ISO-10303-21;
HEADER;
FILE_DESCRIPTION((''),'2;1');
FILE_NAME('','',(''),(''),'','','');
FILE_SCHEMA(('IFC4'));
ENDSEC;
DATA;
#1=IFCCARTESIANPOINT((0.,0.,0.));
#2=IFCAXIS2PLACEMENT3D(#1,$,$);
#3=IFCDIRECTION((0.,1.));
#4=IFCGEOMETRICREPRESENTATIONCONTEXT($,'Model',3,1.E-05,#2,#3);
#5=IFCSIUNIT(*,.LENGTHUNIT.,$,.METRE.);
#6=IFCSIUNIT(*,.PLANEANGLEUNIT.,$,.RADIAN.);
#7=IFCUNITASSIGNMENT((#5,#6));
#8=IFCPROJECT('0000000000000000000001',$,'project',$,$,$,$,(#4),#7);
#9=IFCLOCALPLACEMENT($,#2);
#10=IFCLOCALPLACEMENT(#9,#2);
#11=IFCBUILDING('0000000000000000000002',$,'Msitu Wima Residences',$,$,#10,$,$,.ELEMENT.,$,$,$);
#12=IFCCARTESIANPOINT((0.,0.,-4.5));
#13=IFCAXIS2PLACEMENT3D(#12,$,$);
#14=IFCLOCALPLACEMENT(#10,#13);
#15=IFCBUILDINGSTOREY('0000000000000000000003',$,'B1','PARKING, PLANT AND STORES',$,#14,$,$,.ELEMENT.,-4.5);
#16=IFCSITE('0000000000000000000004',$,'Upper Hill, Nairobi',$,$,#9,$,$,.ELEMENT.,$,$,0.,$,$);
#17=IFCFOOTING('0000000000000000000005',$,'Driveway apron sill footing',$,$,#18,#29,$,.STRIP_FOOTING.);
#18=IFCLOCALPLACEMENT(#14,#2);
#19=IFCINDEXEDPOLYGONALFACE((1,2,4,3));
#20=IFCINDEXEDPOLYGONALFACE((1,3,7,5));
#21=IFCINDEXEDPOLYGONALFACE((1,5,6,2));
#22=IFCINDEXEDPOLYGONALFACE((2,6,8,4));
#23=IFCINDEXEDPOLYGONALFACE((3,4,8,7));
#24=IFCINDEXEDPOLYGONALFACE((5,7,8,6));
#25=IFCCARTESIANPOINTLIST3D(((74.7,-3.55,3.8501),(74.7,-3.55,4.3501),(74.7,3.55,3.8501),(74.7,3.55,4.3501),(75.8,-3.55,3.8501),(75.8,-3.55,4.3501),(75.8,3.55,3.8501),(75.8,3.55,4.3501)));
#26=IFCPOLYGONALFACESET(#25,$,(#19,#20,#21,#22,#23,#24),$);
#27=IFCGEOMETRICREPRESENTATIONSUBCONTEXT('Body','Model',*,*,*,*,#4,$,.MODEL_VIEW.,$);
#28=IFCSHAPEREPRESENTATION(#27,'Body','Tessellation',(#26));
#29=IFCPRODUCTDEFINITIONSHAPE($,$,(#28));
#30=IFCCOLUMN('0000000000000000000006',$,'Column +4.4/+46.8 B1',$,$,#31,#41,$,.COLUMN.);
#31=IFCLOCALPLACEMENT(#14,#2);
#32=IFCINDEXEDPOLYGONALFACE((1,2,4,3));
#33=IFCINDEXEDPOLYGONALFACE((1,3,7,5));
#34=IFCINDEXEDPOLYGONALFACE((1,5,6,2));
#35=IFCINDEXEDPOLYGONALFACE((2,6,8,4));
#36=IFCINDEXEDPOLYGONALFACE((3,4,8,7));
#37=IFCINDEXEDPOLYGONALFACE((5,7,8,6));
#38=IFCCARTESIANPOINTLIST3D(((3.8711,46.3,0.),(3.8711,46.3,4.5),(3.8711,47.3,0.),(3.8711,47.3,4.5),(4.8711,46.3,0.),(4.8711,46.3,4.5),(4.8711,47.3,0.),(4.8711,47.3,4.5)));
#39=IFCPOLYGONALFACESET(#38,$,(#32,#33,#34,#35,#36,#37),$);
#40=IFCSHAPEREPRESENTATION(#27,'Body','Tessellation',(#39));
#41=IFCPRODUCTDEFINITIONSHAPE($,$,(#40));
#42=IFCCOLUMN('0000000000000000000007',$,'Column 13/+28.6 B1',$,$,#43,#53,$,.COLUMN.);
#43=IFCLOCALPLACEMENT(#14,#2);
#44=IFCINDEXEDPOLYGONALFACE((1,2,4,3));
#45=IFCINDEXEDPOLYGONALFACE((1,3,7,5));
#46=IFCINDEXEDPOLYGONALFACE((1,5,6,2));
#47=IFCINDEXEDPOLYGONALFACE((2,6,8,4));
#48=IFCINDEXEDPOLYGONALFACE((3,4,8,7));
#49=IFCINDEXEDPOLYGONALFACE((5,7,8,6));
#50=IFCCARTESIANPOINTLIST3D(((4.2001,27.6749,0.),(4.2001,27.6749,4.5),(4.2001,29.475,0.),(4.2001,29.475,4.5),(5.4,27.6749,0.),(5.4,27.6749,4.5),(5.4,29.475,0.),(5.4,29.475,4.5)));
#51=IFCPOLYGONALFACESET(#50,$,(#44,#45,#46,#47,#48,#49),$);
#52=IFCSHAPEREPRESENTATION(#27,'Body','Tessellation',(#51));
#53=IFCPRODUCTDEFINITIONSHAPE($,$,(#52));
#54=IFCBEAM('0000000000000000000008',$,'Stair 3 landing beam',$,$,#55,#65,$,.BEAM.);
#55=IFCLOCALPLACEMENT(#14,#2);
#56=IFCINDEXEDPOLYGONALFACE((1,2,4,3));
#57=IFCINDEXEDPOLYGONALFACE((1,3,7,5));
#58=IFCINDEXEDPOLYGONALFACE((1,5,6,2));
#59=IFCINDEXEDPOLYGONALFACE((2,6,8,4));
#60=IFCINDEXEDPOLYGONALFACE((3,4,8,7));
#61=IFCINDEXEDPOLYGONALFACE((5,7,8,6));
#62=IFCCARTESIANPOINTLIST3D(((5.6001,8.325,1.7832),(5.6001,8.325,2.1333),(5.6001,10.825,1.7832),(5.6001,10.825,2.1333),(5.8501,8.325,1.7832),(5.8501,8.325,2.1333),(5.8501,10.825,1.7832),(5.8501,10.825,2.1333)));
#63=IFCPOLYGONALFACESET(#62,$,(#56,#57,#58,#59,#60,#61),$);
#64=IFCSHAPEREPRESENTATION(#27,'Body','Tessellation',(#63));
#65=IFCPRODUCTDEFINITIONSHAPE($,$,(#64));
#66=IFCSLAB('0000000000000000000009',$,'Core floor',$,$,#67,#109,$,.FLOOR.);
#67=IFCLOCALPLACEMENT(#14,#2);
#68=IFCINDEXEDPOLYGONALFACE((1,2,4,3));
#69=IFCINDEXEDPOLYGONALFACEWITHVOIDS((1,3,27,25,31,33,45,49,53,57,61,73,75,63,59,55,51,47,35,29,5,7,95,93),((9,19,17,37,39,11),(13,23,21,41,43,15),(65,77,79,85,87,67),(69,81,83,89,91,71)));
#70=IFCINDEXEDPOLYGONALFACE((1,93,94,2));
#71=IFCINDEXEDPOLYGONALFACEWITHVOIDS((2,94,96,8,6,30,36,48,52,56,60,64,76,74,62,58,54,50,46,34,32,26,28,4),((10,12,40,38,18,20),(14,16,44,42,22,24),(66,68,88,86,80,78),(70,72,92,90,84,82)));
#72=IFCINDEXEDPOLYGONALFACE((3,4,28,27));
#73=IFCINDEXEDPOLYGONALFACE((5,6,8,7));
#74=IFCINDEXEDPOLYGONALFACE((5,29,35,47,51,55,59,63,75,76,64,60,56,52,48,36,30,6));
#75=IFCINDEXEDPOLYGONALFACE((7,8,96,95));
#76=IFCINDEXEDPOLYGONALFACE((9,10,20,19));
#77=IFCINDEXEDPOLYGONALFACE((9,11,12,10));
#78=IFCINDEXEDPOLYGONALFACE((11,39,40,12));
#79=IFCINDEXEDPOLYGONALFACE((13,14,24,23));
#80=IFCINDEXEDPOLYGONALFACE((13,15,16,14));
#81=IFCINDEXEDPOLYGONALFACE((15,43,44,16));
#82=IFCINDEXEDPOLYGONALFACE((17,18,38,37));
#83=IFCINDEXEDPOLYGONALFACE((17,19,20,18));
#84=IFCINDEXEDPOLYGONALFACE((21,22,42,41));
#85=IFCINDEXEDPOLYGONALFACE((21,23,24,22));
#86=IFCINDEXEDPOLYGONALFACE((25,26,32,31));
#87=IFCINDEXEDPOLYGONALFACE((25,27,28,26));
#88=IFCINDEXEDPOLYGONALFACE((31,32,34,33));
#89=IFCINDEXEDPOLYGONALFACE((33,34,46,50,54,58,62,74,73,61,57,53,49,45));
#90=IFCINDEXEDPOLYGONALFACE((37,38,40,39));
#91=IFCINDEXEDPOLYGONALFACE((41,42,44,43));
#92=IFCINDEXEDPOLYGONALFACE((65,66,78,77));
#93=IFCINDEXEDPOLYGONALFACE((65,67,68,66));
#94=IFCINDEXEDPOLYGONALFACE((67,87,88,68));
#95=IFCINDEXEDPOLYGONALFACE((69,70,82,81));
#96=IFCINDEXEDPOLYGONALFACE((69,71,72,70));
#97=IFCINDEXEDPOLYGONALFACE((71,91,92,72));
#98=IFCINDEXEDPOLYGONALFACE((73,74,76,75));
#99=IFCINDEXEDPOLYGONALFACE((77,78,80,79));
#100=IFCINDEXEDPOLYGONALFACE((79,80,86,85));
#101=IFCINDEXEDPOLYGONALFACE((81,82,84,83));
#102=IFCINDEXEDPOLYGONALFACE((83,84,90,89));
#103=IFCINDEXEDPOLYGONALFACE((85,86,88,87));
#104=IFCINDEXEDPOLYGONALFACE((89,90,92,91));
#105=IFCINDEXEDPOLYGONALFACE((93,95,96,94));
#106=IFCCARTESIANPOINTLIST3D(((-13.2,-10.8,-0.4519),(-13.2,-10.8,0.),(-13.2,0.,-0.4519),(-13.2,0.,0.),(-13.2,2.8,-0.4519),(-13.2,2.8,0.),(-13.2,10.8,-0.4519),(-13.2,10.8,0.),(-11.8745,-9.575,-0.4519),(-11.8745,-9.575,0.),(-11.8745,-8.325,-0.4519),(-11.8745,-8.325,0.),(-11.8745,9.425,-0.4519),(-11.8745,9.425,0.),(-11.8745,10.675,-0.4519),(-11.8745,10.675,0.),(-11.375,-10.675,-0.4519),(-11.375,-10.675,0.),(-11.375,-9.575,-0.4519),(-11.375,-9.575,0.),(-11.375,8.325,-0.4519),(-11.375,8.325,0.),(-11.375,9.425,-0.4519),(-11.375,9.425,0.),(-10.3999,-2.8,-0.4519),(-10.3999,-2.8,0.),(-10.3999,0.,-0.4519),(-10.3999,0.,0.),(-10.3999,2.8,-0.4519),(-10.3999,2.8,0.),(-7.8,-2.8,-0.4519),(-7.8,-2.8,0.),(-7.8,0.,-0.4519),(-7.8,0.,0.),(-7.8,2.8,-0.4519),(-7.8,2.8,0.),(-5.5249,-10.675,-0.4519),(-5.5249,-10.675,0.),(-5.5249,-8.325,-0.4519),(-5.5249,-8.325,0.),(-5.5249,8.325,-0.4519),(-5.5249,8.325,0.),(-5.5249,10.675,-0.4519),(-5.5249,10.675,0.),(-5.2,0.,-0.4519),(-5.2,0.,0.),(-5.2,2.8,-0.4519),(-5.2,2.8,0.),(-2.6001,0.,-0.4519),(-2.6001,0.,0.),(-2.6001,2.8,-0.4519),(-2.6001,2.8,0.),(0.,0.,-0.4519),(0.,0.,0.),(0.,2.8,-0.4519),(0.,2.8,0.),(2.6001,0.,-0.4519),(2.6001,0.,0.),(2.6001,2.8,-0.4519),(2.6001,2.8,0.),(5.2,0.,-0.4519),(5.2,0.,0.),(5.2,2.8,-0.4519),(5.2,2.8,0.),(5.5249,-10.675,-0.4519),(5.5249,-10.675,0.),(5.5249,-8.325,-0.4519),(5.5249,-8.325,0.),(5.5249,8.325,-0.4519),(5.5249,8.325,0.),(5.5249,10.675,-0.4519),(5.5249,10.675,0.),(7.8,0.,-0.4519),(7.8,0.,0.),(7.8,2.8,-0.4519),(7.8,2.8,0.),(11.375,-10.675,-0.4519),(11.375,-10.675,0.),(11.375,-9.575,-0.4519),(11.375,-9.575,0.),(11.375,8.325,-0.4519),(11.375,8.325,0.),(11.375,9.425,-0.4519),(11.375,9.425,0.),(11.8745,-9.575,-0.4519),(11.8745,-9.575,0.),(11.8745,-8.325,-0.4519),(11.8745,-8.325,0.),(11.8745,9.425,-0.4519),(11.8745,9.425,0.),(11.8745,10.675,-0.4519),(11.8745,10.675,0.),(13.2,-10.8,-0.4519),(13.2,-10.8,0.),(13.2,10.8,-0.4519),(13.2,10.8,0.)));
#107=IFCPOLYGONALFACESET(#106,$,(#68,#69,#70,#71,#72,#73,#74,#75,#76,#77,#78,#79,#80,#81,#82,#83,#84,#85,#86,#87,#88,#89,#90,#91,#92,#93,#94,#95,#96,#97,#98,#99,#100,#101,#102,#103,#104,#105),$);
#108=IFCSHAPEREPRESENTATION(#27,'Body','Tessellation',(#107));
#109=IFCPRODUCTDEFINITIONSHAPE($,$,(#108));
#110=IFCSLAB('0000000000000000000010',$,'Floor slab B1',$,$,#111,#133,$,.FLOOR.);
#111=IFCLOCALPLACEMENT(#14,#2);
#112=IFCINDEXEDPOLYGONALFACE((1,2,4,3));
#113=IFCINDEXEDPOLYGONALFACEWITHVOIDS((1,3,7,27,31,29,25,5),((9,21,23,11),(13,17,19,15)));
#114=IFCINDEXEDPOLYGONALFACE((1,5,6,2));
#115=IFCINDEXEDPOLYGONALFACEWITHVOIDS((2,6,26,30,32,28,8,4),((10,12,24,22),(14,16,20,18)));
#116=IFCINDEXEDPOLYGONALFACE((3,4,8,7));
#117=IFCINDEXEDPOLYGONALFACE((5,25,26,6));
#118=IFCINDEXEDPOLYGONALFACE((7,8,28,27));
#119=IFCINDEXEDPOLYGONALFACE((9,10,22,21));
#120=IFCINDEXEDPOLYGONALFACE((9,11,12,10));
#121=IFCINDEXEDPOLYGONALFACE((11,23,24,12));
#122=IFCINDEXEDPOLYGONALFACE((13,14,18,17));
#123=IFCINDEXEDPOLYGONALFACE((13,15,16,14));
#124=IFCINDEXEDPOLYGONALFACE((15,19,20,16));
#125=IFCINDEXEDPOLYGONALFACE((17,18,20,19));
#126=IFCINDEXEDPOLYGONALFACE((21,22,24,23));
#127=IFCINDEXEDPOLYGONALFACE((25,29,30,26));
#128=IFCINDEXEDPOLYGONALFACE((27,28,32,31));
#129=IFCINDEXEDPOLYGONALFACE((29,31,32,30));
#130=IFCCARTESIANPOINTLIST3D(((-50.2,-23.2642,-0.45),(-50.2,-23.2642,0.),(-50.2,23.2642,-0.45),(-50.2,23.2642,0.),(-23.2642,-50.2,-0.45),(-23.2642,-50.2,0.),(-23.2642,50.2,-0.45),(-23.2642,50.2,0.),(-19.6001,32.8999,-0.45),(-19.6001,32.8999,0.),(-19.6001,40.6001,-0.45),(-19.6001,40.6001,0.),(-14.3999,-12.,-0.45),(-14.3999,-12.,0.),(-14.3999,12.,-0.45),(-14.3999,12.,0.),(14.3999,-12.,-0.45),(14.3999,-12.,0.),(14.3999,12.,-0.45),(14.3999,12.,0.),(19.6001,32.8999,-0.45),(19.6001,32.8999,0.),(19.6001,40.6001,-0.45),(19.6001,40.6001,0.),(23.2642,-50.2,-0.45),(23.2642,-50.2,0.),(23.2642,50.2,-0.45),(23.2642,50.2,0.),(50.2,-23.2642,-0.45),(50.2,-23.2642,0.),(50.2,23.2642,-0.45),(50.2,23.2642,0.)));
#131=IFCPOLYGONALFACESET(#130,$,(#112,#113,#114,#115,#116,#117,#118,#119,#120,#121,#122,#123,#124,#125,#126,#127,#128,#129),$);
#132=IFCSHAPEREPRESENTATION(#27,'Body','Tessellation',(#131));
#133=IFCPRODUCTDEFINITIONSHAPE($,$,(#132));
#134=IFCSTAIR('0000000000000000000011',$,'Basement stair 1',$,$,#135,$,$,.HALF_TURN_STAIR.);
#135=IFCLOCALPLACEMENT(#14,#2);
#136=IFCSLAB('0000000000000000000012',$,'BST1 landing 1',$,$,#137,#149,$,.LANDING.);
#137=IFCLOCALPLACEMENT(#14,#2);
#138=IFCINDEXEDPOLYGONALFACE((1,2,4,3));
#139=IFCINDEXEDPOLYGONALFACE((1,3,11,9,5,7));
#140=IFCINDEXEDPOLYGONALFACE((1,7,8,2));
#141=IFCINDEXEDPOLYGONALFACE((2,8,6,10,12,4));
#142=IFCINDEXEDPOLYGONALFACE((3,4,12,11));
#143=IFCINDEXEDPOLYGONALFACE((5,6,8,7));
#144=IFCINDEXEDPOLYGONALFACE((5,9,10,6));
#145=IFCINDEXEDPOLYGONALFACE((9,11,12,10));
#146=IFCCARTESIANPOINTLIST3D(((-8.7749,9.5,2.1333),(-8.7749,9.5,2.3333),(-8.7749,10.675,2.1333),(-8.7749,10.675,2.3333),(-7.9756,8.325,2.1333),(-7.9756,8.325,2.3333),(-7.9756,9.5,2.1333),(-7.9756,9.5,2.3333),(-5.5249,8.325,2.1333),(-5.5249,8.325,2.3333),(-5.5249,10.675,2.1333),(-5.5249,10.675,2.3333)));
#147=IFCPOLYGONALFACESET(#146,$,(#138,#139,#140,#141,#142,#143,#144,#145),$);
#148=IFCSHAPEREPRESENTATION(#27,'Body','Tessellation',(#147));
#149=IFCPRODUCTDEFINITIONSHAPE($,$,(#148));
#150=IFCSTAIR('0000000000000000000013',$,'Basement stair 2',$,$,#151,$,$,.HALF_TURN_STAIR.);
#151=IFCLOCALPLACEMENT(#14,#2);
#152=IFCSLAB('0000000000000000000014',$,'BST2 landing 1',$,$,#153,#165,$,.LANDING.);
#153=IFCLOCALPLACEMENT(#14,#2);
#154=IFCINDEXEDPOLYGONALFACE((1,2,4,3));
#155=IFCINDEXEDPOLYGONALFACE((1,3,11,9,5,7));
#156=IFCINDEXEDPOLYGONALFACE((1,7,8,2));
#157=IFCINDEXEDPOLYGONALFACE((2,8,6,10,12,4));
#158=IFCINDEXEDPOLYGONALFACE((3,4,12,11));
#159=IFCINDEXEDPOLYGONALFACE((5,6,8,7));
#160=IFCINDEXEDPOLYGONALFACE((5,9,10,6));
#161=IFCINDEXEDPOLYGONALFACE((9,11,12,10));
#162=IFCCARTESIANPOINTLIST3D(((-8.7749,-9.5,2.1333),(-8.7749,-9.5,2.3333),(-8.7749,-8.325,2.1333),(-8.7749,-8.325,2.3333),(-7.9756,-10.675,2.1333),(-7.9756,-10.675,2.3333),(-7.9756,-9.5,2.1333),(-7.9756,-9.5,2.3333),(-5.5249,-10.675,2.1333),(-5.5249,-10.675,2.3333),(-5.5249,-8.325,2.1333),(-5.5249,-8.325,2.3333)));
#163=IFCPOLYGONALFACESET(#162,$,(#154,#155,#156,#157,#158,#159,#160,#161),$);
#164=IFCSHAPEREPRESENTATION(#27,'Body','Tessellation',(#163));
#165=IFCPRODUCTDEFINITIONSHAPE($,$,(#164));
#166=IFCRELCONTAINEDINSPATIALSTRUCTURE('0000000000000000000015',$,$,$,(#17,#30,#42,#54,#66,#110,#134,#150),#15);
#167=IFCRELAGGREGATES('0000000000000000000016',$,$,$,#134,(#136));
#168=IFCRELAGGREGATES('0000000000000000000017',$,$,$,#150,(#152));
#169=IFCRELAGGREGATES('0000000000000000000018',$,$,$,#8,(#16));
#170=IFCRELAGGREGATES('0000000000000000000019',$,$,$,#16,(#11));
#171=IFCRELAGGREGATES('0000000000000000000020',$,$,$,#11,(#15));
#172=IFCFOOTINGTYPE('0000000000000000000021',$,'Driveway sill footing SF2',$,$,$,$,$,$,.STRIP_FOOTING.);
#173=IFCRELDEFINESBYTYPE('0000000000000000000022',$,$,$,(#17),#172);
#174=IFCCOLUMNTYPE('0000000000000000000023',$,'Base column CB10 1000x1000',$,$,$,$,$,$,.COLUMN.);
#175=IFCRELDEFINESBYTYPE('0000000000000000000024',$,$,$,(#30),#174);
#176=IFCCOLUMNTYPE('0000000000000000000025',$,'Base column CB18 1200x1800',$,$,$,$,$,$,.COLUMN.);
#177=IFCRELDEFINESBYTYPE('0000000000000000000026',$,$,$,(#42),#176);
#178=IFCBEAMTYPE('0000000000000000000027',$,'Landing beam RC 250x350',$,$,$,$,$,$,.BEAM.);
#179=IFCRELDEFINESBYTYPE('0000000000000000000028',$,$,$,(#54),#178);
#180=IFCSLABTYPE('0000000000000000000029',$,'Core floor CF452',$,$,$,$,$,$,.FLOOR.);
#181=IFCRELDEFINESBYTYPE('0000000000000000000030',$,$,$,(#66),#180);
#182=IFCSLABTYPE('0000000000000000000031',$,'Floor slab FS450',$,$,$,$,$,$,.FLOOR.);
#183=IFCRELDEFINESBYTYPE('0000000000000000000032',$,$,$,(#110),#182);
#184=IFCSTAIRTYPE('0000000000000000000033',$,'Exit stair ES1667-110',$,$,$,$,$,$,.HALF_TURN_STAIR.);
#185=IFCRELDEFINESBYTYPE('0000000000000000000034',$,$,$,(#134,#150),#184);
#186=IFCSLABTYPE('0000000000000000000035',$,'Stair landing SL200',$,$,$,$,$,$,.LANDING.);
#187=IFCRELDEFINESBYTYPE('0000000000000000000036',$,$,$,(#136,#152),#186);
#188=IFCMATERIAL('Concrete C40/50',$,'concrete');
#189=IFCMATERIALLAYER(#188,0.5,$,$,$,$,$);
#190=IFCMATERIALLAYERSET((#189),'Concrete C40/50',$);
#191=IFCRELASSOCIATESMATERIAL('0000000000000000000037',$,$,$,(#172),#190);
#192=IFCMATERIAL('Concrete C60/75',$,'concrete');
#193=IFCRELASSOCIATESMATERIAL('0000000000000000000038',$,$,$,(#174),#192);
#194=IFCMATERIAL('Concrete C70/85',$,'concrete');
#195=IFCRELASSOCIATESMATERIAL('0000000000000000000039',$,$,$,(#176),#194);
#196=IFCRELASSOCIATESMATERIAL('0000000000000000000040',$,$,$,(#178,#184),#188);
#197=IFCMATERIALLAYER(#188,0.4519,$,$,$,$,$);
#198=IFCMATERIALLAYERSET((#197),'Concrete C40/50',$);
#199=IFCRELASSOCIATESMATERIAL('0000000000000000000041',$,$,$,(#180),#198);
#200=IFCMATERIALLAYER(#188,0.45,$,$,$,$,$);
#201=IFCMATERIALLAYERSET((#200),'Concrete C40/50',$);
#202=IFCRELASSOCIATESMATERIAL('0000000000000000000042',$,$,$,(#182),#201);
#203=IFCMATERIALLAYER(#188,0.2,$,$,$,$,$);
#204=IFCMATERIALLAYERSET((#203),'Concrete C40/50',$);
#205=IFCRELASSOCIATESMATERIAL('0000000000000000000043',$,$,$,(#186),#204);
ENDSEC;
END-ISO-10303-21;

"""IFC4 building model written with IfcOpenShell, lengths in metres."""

from ifc_helpers import new_model, si_unit, direction, frame, origin, origin_2d, place, context, subcontext, project, spatial, polyline, rectangle, outline, extrude, material, layer, layer_set, material_profile, profile_set, type_object, element, aggregate, save


model = new_model("IFC4")

# Units and contexts
model_context = context("Model", 3, precision=1e-05, world=origin(), true_north=direction((0.0, 1.0)))
body_context = subcontext(model_context, "Body", "Model", "MODEL_VIEW")
ifc_project = project(units=[si_unit("LENGTHUNIT", "METRE"), si_unit("PLANEANGLEUNIT", "RADIAN")], contexts=[model_context])

# Site, building, storey
site_placement = place(None, origin())
site = spatial("IfcSite", under=ifc_project, at=site_placement, Name="Upper Hill, Nairobi", CompositionType="ELEMENT", RefElevation=0.0)
building_placement = place(site_placement, origin())
building = spatial("IfcBuilding", under=site, at=building_placement, Name="Msitu Wima Residences", CompositionType="ELEMENT")
storey_placement = place(building_placement, frame((0.0, 0.0, -4.5)))
storey = spatial("IfcBuildingStorey", under=building, at=storey_placement, Name="B1", Description="PARKING, PLANT AND STORES", CompositionType="ELEMENT", Elevation=-4.5)

# Footing
ifc_material_1 = material(Name="Concrete C40/50", Category="concrete")
ifc_layer_1 = layer(ifc_material_1, 0.5)
ifc_layer_set_1 = layer_set([ifc_layer_1], Name="Concrete C40/50")
footing_type = type_object("IfcFootingType", Name="Driveway sill footing SF2", PredefinedType="STRIP_FOOTING", material=ifc_layer_set_1)
footing_placement = place(storey_placement, frame((0.0, 0.0, 3.8501)))
element("IfcFooting", 1, at=footing_placement, inside=storey, type_object=footing_type, Name="Driveway apron sill footing", PredefinedType="STRIP_FOOTING", context=body_context, shape_type="SweptSolid", body=[
    extrude(outline(polyline([(74.7, -3.55), (75.8, -3.55), (75.8, 3.55), (74.7, 3.55), (74.7, -3.55)])), origin(), (0.0, 0.0, 1.0), 0.5),
])

# Columns
ifc_material_2 = material(Name="Concrete C60/75", Category="concrete")
ifc_material_profile_1 = material_profile(ifc_material_2, rectangle(XDim=1.0, YDim=1.0, at=origin_2d()), Name="RC 1000x1000")
ifc_profile_set_1 = profile_set([ifc_material_profile_1], Name="Concrete C60/75")
column_type_1 = type_object("IfcColumnType", Name="Base column CB10 1000x1000", PredefinedType="COLUMN", material=ifc_profile_set_1)
column_1_placement = place(storey_placement, frame((4.3711, 46.8, 0.0), z_axis=(0.0, 0.0, 1.0), x_axis=(1.0, 0.0, 0.0)))
element("IfcColumn", 2, at=column_1_placement, inside=storey, type_object=column_type_1, Name="Column +4.4/+46.8 B1", PredefinedType="COLUMN", context=body_context, shape_type="SweptSolid", body=[
    extrude(rectangle(XDim=1.0, YDim=1.0, at=origin_2d()), origin(), (0.0, 0.0, 1.0), 4.5),
])
ifc_material_3 = material(Name="Concrete C70/85", Category="concrete")
ifc_material_profile_2 = material_profile(ifc_material_3, rectangle(XDim=1.2, YDim=1.8, at=origin_2d()), Name="RC 1200x1800")
ifc_profile_set_2 = profile_set([ifc_material_profile_2], Name="Concrete C70/85")
column_type_2 = type_object("IfcColumnType", Name="Base column CB18 1200x1800", PredefinedType="COLUMN", material=ifc_profile_set_2)
column_2_placement = place(storey_placement, frame((4.8, 28.575, 0.0), z_axis=(0.0, 0.0, 1.0), x_axis=(-1.0, 0.0, 0.0)))
element("IfcColumn", 3, at=column_2_placement, inside=storey, type_object=column_type_2, Name="Column 13/+28.6 B1", PredefinedType="COLUMN", context=body_context, shape_type="SweptSolid", body=[
    extrude(rectangle(XDim=1.2, YDim=1.8, at=origin_2d()), origin(), (0.0, 0.0, 1.0), 4.5),
])

# Beam
ifc_material_profile_3 = material_profile(ifc_material_1, rectangle(XDim=0.25, YDim=0.3501, at=origin_2d()), Name="RC 250x350")
ifc_profile_set_3 = profile_set([ifc_material_profile_3], Name="Concrete C40/50")
beam_type = type_object("IfcBeamType", Name="Landing beam RC 250x350", PredefinedType="BEAM", material=ifc_profile_set_3)
beam_placement = place(storey_placement, frame((5.7251, 8.325, 1.9583), z_axis=(0.0, 1.0, 0.0), x_axis=(-1.0, 0.0, 0.0)))
element("IfcBeam", 4, at=beam_placement, inside=storey, type_object=beam_type, Name="Stair 3 landing beam", PredefinedType="BEAM", context=body_context, shape_type="SweptSolid", body=[
    extrude(rectangle(XDim=0.25, YDim=0.3501, at=origin_2d()), origin(), (0.0, 0.0, 1.0), 2.5),
])

# Slabs
ifc_layer_2 = layer(ifc_material_1, 0.4519)
ifc_layer_set_2 = layer_set([ifc_layer_2], Name="Concrete C40/50")
slab_type_1 = type_object("IfcSlabType", Name="Core floor CF452", PredefinedType="FLOOR", material=ifc_layer_set_2)
slab_1_placement = place(storey_placement, frame((0.0, 0.0, -0.4519)))
element("IfcSlab", 5, at=slab_1_placement, inside=storey, type_object=slab_type_1, Name="Core floor", PredefinedType="FLOOR", context=body_context, shape_type="SweptSolid", body=[
    extrude(outline(polyline([(-13.2, 10.8), (-13.2, 2.8), (-10.3999, 2.8), (-7.8, 2.8), (-5.2, 2.8), (-2.6001, 2.8), (0.0, 2.8), (2.6001, 2.8), (5.2, 2.8), (7.8, 2.8), (7.8, 0.0), (5.2, 0.0), (2.6001, 0.0), (0.0, 0.0), (-2.6001, 0.0), (-5.2, 0.0), (-7.8, 0.0), (-7.8, -2.8), (-10.3999, -2.8), (-10.3999, 0.0), (-13.2, 0.0), (-13.2, -10.8), (13.2, -10.8), (13.2, 10.8), (-13.2, 10.8)]), holes=[polyline([(-11.375, -10.675), (-11.375, -9.575), (-11.8745, -9.575), (-11.8745, -8.325), (-5.5249, -8.325), (-5.5249, -10.675), (-11.375, -10.675)]), polyline([(-11.375, 8.325), (-11.375, 9.425), (-11.8745, 9.425), (-11.8745, 10.675), (-5.5249, 10.675), (-5.5249, 8.325), (-11.375, 8.325)]), polyline([(11.375, -9.575), (11.375, -10.675), (5.5249, -10.675), (5.5249, -8.325), (11.8745, -8.325), (11.8745, -9.575), (11.375, -9.575)]), polyline([(11.375, 9.425), (11.375, 8.325), (5.5249, 8.325), (5.5249, 10.675), (11.8745, 10.675), (11.8745, 9.425), (11.375, 9.425)])]), origin(), (0.0, 0.0, 1.0), 0.4519),
])
ifc_layer_3 = layer(ifc_material_1, 0.45)
ifc_layer_set_3 = layer_set([ifc_layer_3], Name="Concrete C40/50")
slab_type_2 = type_object("IfcSlabType", Name="Floor slab FS450", PredefinedType="FLOOR", material=ifc_layer_set_3)
slab_2_placement = place(storey_placement, frame((0.0, 0.0, -0.45)))
element("IfcSlab", 6, at=slab_2_placement, inside=storey, type_object=slab_type_2, Name="Floor slab B1", PredefinedType="FLOOR", context=body_context, shape_type="SweptSolid", body=[
    extrude(outline(polyline([(-23.2642, -50.2), (-50.2, -23.2642), (-50.2, 23.2642), (-23.2642, 50.2), (23.2642, 50.2), (50.2, 23.2642), (50.2, -23.2642), (23.2642, -50.2), (-23.2642, -50.2)]), holes=[polyline([(-14.3999, 12.0), (-14.3999, -12.0), (14.3999, -12.0), (14.3999, 12.0), (-14.3999, 12.0)]), polyline([(19.6001, 40.6001), (-19.6001, 40.6001), (-19.6001, 32.8999), (19.6001, 32.8999), (19.6001, 40.6001)])]), origin(), (0.0, 0.0, 1.0), 0.45),
])

# Stairs, slabs
stair_type = type_object("IfcStairType", Name="Exit stair ES1667-110", PredefinedType="HALF_TURN_STAIR", material=ifc_material_1)
stair_1_placement = place(storey_placement, origin())
stair_1 = element("IfcStair", 7, at=stair_1_placement, inside=storey, type_object=stair_type, Name="Basement stair 1", PredefinedType="HALF_TURN_STAIR")
ifc_layer_4 = layer(ifc_material_1, 0.2)
ifc_layer_set_4 = layer_set([ifc_layer_4], Name="Concrete C40/50")
slab_type_3 = type_object("IfcSlabType", Name="Stair landing SL200", PredefinedType="LANDING", material=ifc_layer_set_4)
slab_3_placement = place(storey_placement, frame((0.0, 0.0, 2.1333)))
slab_3 = element("IfcSlab", 8, at=slab_3_placement, type_object=slab_type_3, Name="BST1 landing 1", PredefinedType="LANDING", context=body_context, shape_type="SweptSolid", body=[
    extrude(outline(polyline([(-5.5249, 8.325), (-7.9756, 8.325), (-7.9756, 9.5), (-8.7749, 9.5), (-8.7749, 10.675), (-5.5249, 10.675), (-5.5249, 8.325)])), origin(), (0.0, 0.0, 1.0), 0.2),
])
aggregate(stair_1, [slab_3])
stair_2_placement = place(storey_placement, origin())
stair_2 = element("IfcStair", 9, at=stair_2_placement, inside=storey, type_object=stair_type, Name="Basement stair 2", PredefinedType="HALF_TURN_STAIR")
slab_4_placement = place(storey_placement, frame((0.0, 0.0, 2.1333)))
slab_4 = element("IfcSlab", 10, at=slab_4_placement, type_object=slab_type_3, Name="BST2 landing 1", PredefinedType="LANDING", context=body_context, shape_type="SweptSolid", body=[
    extrude(outline(polyline([(-5.5249, -10.675), (-7.9756, -10.675), (-7.9756, -9.5), (-8.7749, -9.5), (-8.7749, -8.325), (-5.5249, -8.325), (-5.5249, -10.675)])), origin(), (0.0, 0.0, 1.0), 0.2),
])
aggregate(stair_2, [slab_4])

save(model, "model.ifc")
